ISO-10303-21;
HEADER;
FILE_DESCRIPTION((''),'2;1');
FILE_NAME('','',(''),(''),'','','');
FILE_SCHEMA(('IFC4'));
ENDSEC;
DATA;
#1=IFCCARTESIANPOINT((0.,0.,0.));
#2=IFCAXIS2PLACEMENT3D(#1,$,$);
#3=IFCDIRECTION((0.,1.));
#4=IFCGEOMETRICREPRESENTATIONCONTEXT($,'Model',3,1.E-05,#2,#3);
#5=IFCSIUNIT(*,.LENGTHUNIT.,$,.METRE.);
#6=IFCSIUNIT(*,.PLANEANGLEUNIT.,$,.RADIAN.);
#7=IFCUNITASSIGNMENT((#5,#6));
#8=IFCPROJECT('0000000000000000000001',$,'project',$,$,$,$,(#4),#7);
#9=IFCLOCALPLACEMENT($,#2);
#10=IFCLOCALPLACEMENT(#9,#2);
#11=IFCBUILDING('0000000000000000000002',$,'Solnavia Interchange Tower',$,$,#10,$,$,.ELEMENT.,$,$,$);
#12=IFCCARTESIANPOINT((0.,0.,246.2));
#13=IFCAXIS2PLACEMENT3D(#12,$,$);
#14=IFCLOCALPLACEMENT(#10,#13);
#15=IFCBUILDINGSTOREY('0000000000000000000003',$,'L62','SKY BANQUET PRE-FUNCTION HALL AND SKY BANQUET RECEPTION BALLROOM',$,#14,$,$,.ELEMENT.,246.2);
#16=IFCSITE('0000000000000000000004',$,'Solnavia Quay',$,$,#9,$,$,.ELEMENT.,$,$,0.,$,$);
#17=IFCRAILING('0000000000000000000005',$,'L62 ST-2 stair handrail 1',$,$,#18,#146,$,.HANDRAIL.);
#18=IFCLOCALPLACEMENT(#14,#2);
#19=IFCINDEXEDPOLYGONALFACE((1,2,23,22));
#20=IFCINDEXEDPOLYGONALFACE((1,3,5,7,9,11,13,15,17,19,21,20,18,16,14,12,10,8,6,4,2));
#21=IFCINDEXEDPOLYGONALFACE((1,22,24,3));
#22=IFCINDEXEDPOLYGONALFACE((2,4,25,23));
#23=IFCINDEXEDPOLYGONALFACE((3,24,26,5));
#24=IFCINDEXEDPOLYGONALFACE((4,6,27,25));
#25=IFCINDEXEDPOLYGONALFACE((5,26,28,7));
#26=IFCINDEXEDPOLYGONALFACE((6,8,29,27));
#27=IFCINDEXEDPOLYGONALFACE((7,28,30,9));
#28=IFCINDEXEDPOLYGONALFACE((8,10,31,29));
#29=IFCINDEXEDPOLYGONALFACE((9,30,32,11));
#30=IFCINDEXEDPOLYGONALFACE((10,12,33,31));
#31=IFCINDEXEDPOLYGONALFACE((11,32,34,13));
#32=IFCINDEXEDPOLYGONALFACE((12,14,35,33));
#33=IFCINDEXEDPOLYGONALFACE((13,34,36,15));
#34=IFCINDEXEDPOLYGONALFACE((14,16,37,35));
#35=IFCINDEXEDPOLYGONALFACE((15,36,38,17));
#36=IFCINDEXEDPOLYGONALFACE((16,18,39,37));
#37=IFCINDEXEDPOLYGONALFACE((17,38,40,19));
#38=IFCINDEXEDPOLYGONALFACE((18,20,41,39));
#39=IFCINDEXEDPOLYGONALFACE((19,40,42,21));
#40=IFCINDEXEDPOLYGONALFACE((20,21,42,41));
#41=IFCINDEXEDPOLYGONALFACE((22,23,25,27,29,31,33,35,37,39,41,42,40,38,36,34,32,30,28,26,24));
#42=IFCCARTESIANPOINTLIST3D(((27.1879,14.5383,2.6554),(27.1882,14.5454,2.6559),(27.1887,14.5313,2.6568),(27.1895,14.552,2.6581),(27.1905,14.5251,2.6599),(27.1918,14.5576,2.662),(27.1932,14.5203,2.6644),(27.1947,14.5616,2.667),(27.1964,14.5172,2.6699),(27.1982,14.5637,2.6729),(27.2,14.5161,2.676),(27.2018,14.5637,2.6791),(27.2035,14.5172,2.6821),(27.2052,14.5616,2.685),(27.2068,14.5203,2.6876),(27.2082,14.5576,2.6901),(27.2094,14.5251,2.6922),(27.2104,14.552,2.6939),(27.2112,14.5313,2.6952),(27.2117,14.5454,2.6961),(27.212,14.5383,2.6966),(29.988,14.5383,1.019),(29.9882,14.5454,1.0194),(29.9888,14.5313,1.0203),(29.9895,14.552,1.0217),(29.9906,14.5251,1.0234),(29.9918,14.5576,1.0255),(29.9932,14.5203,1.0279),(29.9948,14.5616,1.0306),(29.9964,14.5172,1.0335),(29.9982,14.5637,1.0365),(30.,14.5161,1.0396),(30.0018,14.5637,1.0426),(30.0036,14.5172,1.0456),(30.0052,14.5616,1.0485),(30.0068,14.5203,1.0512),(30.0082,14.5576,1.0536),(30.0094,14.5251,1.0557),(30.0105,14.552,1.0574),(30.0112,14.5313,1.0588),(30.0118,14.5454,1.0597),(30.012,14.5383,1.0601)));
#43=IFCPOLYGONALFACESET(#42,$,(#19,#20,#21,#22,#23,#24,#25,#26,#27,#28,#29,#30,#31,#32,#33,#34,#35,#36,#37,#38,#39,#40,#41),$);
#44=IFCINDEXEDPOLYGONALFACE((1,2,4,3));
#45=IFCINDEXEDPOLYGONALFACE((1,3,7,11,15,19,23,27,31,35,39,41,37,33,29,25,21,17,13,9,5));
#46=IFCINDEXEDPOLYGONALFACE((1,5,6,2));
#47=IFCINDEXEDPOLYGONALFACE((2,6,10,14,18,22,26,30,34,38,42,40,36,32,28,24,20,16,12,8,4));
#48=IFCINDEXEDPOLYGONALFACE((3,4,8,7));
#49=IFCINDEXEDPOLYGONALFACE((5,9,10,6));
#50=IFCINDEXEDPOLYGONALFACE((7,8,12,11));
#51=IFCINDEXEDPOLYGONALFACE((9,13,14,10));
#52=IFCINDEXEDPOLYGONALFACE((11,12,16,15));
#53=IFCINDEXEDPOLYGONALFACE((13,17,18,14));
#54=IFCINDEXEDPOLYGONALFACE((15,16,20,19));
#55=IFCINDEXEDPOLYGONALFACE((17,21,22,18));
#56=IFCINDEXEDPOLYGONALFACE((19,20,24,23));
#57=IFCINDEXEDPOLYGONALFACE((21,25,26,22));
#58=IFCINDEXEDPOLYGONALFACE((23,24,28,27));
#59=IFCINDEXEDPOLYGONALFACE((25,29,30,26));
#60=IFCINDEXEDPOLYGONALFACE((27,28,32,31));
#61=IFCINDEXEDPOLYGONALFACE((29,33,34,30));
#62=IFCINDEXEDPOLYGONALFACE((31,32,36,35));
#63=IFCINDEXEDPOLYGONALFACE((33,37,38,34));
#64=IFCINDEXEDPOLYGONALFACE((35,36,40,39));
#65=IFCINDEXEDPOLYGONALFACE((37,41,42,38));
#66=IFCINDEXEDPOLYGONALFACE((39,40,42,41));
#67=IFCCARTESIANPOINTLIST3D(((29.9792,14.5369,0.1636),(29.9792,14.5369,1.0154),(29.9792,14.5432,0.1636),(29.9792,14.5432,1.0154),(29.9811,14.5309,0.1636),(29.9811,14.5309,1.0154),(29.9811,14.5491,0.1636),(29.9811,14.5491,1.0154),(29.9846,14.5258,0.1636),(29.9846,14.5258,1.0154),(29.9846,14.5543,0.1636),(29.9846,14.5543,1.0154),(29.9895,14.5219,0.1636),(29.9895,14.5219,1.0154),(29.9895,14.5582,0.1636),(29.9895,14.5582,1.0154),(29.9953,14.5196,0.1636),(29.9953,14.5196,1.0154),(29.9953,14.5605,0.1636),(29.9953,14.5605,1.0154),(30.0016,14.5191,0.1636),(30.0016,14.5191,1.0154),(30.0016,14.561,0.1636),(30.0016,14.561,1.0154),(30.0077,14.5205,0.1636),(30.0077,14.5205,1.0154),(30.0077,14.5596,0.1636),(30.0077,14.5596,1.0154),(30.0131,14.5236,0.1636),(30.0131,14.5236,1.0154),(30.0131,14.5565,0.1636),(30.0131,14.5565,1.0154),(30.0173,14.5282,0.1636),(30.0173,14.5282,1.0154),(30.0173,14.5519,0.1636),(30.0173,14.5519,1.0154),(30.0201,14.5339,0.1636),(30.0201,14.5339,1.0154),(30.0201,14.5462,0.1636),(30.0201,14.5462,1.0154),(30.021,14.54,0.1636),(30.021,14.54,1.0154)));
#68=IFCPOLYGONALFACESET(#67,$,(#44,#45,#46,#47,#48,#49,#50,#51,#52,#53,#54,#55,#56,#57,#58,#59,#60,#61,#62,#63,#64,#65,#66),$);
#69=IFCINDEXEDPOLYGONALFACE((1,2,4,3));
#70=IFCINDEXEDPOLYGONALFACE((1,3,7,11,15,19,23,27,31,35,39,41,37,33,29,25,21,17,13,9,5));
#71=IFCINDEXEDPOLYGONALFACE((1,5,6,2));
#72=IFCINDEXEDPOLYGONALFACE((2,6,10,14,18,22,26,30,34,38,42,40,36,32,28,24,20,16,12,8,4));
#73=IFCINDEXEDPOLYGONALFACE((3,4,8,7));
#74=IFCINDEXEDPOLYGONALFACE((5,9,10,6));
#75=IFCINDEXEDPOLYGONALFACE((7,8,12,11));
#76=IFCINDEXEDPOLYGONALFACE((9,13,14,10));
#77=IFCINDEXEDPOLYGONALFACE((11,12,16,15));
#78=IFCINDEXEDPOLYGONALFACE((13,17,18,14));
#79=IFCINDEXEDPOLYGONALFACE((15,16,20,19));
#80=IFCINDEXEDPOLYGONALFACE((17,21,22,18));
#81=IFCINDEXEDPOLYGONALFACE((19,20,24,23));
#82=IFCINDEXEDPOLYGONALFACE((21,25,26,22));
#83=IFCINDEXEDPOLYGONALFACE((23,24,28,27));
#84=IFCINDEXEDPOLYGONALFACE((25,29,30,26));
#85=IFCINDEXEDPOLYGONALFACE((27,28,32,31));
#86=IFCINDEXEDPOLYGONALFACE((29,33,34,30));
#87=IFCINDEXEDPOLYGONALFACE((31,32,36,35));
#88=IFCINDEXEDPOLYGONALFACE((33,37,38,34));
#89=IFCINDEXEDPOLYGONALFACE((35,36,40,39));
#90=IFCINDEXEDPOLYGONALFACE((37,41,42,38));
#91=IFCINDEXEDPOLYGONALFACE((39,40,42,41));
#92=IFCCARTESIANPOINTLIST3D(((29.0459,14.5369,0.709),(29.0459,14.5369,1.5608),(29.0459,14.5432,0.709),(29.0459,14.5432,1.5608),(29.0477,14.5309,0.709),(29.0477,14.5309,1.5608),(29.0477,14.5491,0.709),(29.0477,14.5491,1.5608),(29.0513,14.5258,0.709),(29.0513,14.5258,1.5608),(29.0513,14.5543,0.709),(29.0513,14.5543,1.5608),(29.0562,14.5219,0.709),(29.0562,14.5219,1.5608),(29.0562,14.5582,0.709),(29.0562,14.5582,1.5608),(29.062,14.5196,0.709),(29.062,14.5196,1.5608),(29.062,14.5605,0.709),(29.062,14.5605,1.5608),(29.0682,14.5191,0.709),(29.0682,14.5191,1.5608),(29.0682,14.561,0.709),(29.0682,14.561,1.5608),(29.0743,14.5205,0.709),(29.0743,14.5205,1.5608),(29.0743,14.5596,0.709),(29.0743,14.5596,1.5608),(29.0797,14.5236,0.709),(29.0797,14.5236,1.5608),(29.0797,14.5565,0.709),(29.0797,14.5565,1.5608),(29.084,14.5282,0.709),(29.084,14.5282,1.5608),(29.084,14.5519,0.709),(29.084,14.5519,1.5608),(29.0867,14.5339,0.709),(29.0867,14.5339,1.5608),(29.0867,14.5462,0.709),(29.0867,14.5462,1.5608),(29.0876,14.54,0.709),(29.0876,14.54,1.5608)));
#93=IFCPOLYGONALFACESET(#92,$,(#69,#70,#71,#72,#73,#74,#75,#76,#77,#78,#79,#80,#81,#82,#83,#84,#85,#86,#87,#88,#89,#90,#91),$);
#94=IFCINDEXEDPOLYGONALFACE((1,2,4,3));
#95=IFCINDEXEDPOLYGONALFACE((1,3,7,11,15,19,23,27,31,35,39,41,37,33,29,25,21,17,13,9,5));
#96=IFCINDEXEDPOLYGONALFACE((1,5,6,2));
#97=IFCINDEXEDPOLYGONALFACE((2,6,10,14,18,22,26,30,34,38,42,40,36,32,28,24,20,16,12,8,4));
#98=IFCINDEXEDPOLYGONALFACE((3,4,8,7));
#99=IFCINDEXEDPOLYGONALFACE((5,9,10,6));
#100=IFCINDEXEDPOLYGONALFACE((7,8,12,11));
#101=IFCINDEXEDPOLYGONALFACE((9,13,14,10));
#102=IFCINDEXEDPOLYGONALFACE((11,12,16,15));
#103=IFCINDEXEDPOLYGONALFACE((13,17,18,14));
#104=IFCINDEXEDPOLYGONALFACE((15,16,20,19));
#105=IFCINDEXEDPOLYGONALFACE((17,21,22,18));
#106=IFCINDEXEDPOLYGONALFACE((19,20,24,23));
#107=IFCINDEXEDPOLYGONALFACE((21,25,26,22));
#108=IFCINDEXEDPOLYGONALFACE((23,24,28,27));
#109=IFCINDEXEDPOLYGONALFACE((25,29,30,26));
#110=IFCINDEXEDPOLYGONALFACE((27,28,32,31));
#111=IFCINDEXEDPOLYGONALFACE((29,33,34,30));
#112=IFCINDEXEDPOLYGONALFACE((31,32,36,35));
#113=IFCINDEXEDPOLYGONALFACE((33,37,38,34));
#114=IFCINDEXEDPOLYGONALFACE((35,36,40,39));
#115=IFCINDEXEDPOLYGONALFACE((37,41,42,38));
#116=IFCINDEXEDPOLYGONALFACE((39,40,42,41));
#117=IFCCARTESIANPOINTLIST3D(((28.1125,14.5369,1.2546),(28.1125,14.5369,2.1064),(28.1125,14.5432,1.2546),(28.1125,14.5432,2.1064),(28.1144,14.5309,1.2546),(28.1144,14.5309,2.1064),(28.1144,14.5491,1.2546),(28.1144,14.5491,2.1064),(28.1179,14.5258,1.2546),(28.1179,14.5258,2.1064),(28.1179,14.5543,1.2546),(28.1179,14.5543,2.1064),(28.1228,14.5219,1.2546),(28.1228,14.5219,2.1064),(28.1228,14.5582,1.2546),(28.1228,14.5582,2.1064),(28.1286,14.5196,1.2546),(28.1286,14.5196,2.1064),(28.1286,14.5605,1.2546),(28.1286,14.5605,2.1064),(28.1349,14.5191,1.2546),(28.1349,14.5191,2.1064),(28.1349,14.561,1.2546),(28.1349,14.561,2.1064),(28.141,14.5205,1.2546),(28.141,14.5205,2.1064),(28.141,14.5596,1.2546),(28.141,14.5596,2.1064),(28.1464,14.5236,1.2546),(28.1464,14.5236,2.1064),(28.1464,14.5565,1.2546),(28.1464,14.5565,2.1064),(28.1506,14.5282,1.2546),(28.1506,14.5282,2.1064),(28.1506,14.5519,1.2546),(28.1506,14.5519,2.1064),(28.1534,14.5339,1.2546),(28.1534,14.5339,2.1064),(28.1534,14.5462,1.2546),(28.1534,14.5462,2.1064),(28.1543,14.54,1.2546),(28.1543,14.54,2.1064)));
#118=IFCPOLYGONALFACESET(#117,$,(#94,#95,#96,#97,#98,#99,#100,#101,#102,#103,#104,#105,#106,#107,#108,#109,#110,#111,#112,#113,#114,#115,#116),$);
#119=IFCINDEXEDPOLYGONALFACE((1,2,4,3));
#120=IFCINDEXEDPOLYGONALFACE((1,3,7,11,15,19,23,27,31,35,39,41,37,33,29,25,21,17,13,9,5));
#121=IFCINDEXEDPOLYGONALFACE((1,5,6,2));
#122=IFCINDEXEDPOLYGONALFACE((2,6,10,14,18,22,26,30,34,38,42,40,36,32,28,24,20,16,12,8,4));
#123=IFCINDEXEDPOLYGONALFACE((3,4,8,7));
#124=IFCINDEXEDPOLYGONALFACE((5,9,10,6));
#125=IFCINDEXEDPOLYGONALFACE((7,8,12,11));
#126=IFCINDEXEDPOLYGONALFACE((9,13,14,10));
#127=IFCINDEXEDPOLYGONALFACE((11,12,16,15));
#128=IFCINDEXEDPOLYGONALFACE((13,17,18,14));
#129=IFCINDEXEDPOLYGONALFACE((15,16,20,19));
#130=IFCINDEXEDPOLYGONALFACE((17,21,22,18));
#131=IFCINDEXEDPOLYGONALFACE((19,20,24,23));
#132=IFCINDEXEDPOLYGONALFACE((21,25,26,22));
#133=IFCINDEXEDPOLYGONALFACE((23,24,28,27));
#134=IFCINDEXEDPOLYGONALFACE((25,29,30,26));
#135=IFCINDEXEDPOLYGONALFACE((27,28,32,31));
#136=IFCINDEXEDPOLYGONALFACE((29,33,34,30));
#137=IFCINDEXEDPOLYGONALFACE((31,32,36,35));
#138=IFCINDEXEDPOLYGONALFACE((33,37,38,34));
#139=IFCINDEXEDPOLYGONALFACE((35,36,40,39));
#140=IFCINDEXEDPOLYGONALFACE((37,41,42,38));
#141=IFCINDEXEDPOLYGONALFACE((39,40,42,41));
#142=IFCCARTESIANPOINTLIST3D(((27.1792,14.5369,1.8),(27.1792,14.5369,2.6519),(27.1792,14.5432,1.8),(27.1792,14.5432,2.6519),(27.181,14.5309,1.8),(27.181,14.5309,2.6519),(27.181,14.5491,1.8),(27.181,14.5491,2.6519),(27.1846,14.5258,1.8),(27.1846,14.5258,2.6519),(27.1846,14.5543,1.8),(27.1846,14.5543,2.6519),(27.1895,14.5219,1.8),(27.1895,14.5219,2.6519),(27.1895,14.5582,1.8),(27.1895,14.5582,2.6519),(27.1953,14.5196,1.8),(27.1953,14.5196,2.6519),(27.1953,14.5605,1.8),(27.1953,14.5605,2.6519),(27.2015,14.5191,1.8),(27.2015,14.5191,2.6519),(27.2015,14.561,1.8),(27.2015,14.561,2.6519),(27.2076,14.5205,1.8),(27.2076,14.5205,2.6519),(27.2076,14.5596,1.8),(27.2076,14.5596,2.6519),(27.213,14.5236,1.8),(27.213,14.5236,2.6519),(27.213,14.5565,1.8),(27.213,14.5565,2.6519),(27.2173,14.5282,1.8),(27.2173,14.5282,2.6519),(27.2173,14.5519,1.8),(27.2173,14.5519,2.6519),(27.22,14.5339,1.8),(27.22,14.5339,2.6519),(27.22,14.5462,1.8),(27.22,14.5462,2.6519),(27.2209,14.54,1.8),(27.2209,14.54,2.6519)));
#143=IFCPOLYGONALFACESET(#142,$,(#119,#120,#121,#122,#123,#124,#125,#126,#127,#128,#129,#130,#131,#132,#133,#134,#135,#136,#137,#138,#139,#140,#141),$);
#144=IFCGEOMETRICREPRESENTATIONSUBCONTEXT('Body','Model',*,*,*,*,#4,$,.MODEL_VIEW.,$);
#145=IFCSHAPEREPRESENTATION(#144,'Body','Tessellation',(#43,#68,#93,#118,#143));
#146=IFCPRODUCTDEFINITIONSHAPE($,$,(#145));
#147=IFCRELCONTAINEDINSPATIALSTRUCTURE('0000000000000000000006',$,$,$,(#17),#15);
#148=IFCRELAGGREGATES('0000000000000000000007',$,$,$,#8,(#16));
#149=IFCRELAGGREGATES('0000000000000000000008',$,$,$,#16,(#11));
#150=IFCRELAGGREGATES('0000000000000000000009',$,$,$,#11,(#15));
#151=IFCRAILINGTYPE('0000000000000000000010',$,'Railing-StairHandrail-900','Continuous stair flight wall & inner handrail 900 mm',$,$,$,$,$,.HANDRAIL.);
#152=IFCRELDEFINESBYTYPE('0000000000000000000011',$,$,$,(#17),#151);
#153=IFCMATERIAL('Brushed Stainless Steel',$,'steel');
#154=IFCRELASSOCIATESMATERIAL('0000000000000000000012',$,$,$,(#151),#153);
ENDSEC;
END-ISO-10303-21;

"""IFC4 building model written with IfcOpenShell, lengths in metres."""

from ifc_helpers import new_model, si_unit, direction, frame, origin, origin_2d, place, context, subcontext, project, spatial, circle, extrude, material, type_object, element, save


model = new_model("IFC4")

# Units and contexts
model_context = context("Model", 3, precision=1e-05, world=origin(), true_north=direction((0.0, 1.0)))
body_context = subcontext(model_context, "Body", "Model", "MODEL_VIEW")
ifc_project = project(units=[si_unit("LENGTHUNIT", "METRE"), si_unit("PLANEANGLEUNIT", "RADIAN")], contexts=[model_context])

# Site, building, storey
site_placement = place(None, origin())
site = spatial("IfcSite", under=ifc_project, at=site_placement, Name="Solnavia Quay", CompositionType="ELEMENT", RefElevation=0.0)
building_placement = place(site_placement, origin())
building = spatial("IfcBuilding", under=site, at=building_placement, Name="Solnavia Interchange Tower", CompositionType="ELEMENT")
storey_placement = place(building_placement, frame((0.0, 0.0, 246.2)))
storey = spatial("IfcBuildingStorey", under=building, at=storey_placement, Name="L62", Description="SKY BANQUET PRE-FUNCTION HALL AND SKY BANQUET RECEPTION BALLROOM", CompositionType="ELEMENT", Elevation=246.2)

# Railing
ifc_material_1 = material(Name="Brushed Stainless Steel", Category="steel")
railing_type_1 = type_object("IfcRailingType", Name="Railing-StairHandrail-900", Description="Continuous stair flight wall & inner handrail 900 mm", PredefinedType="HANDRAIL", material=ifc_material_1)
railing_1_placement = place(storey_placement, frame((30.0, 14.54, 0.1636)))
element("IfcRailing", 1, at=railing_1_placement, inside=storey, type_object=railing_type_1, Name="L62 ST-2 stair handrail 1", PredefinedType="HANDRAIL", context=body_context, shape_type="SweptSolid", body=[
    extrude(circle(Radius=0.0239, at=origin_2d()), frame((0.0, 0.0, 0.876), z_axis=(-0.863361, 0.0, 0.504587), x_axis=(0.0, -1.0, 0.0)), (0.0, 0.0, 1.0), 3.2432),
    extrude(circle(Radius=0.021, at=origin_2d()), origin(), (0.0, 0.0, 1.0), 0.8518),
    extrude(circle(Radius=0.021, at=origin_2d()), frame((-0.9333, 0.0, 0.5454)), (0.0, 0.0, 1.0), 0.8518),
    extrude(circle(Radius=0.021, at=origin_2d()), frame((-1.8667, 0.0, 1.0911)), (0.0, 0.0, 1.0), 0.8518),
    extrude(circle(Radius=0.021, at=origin_2d()), frame((-2.8, 0.0, 1.6365)), (0.0, 0.0, 1.0), 0.8518),
])

save(model, "model.ifc")
